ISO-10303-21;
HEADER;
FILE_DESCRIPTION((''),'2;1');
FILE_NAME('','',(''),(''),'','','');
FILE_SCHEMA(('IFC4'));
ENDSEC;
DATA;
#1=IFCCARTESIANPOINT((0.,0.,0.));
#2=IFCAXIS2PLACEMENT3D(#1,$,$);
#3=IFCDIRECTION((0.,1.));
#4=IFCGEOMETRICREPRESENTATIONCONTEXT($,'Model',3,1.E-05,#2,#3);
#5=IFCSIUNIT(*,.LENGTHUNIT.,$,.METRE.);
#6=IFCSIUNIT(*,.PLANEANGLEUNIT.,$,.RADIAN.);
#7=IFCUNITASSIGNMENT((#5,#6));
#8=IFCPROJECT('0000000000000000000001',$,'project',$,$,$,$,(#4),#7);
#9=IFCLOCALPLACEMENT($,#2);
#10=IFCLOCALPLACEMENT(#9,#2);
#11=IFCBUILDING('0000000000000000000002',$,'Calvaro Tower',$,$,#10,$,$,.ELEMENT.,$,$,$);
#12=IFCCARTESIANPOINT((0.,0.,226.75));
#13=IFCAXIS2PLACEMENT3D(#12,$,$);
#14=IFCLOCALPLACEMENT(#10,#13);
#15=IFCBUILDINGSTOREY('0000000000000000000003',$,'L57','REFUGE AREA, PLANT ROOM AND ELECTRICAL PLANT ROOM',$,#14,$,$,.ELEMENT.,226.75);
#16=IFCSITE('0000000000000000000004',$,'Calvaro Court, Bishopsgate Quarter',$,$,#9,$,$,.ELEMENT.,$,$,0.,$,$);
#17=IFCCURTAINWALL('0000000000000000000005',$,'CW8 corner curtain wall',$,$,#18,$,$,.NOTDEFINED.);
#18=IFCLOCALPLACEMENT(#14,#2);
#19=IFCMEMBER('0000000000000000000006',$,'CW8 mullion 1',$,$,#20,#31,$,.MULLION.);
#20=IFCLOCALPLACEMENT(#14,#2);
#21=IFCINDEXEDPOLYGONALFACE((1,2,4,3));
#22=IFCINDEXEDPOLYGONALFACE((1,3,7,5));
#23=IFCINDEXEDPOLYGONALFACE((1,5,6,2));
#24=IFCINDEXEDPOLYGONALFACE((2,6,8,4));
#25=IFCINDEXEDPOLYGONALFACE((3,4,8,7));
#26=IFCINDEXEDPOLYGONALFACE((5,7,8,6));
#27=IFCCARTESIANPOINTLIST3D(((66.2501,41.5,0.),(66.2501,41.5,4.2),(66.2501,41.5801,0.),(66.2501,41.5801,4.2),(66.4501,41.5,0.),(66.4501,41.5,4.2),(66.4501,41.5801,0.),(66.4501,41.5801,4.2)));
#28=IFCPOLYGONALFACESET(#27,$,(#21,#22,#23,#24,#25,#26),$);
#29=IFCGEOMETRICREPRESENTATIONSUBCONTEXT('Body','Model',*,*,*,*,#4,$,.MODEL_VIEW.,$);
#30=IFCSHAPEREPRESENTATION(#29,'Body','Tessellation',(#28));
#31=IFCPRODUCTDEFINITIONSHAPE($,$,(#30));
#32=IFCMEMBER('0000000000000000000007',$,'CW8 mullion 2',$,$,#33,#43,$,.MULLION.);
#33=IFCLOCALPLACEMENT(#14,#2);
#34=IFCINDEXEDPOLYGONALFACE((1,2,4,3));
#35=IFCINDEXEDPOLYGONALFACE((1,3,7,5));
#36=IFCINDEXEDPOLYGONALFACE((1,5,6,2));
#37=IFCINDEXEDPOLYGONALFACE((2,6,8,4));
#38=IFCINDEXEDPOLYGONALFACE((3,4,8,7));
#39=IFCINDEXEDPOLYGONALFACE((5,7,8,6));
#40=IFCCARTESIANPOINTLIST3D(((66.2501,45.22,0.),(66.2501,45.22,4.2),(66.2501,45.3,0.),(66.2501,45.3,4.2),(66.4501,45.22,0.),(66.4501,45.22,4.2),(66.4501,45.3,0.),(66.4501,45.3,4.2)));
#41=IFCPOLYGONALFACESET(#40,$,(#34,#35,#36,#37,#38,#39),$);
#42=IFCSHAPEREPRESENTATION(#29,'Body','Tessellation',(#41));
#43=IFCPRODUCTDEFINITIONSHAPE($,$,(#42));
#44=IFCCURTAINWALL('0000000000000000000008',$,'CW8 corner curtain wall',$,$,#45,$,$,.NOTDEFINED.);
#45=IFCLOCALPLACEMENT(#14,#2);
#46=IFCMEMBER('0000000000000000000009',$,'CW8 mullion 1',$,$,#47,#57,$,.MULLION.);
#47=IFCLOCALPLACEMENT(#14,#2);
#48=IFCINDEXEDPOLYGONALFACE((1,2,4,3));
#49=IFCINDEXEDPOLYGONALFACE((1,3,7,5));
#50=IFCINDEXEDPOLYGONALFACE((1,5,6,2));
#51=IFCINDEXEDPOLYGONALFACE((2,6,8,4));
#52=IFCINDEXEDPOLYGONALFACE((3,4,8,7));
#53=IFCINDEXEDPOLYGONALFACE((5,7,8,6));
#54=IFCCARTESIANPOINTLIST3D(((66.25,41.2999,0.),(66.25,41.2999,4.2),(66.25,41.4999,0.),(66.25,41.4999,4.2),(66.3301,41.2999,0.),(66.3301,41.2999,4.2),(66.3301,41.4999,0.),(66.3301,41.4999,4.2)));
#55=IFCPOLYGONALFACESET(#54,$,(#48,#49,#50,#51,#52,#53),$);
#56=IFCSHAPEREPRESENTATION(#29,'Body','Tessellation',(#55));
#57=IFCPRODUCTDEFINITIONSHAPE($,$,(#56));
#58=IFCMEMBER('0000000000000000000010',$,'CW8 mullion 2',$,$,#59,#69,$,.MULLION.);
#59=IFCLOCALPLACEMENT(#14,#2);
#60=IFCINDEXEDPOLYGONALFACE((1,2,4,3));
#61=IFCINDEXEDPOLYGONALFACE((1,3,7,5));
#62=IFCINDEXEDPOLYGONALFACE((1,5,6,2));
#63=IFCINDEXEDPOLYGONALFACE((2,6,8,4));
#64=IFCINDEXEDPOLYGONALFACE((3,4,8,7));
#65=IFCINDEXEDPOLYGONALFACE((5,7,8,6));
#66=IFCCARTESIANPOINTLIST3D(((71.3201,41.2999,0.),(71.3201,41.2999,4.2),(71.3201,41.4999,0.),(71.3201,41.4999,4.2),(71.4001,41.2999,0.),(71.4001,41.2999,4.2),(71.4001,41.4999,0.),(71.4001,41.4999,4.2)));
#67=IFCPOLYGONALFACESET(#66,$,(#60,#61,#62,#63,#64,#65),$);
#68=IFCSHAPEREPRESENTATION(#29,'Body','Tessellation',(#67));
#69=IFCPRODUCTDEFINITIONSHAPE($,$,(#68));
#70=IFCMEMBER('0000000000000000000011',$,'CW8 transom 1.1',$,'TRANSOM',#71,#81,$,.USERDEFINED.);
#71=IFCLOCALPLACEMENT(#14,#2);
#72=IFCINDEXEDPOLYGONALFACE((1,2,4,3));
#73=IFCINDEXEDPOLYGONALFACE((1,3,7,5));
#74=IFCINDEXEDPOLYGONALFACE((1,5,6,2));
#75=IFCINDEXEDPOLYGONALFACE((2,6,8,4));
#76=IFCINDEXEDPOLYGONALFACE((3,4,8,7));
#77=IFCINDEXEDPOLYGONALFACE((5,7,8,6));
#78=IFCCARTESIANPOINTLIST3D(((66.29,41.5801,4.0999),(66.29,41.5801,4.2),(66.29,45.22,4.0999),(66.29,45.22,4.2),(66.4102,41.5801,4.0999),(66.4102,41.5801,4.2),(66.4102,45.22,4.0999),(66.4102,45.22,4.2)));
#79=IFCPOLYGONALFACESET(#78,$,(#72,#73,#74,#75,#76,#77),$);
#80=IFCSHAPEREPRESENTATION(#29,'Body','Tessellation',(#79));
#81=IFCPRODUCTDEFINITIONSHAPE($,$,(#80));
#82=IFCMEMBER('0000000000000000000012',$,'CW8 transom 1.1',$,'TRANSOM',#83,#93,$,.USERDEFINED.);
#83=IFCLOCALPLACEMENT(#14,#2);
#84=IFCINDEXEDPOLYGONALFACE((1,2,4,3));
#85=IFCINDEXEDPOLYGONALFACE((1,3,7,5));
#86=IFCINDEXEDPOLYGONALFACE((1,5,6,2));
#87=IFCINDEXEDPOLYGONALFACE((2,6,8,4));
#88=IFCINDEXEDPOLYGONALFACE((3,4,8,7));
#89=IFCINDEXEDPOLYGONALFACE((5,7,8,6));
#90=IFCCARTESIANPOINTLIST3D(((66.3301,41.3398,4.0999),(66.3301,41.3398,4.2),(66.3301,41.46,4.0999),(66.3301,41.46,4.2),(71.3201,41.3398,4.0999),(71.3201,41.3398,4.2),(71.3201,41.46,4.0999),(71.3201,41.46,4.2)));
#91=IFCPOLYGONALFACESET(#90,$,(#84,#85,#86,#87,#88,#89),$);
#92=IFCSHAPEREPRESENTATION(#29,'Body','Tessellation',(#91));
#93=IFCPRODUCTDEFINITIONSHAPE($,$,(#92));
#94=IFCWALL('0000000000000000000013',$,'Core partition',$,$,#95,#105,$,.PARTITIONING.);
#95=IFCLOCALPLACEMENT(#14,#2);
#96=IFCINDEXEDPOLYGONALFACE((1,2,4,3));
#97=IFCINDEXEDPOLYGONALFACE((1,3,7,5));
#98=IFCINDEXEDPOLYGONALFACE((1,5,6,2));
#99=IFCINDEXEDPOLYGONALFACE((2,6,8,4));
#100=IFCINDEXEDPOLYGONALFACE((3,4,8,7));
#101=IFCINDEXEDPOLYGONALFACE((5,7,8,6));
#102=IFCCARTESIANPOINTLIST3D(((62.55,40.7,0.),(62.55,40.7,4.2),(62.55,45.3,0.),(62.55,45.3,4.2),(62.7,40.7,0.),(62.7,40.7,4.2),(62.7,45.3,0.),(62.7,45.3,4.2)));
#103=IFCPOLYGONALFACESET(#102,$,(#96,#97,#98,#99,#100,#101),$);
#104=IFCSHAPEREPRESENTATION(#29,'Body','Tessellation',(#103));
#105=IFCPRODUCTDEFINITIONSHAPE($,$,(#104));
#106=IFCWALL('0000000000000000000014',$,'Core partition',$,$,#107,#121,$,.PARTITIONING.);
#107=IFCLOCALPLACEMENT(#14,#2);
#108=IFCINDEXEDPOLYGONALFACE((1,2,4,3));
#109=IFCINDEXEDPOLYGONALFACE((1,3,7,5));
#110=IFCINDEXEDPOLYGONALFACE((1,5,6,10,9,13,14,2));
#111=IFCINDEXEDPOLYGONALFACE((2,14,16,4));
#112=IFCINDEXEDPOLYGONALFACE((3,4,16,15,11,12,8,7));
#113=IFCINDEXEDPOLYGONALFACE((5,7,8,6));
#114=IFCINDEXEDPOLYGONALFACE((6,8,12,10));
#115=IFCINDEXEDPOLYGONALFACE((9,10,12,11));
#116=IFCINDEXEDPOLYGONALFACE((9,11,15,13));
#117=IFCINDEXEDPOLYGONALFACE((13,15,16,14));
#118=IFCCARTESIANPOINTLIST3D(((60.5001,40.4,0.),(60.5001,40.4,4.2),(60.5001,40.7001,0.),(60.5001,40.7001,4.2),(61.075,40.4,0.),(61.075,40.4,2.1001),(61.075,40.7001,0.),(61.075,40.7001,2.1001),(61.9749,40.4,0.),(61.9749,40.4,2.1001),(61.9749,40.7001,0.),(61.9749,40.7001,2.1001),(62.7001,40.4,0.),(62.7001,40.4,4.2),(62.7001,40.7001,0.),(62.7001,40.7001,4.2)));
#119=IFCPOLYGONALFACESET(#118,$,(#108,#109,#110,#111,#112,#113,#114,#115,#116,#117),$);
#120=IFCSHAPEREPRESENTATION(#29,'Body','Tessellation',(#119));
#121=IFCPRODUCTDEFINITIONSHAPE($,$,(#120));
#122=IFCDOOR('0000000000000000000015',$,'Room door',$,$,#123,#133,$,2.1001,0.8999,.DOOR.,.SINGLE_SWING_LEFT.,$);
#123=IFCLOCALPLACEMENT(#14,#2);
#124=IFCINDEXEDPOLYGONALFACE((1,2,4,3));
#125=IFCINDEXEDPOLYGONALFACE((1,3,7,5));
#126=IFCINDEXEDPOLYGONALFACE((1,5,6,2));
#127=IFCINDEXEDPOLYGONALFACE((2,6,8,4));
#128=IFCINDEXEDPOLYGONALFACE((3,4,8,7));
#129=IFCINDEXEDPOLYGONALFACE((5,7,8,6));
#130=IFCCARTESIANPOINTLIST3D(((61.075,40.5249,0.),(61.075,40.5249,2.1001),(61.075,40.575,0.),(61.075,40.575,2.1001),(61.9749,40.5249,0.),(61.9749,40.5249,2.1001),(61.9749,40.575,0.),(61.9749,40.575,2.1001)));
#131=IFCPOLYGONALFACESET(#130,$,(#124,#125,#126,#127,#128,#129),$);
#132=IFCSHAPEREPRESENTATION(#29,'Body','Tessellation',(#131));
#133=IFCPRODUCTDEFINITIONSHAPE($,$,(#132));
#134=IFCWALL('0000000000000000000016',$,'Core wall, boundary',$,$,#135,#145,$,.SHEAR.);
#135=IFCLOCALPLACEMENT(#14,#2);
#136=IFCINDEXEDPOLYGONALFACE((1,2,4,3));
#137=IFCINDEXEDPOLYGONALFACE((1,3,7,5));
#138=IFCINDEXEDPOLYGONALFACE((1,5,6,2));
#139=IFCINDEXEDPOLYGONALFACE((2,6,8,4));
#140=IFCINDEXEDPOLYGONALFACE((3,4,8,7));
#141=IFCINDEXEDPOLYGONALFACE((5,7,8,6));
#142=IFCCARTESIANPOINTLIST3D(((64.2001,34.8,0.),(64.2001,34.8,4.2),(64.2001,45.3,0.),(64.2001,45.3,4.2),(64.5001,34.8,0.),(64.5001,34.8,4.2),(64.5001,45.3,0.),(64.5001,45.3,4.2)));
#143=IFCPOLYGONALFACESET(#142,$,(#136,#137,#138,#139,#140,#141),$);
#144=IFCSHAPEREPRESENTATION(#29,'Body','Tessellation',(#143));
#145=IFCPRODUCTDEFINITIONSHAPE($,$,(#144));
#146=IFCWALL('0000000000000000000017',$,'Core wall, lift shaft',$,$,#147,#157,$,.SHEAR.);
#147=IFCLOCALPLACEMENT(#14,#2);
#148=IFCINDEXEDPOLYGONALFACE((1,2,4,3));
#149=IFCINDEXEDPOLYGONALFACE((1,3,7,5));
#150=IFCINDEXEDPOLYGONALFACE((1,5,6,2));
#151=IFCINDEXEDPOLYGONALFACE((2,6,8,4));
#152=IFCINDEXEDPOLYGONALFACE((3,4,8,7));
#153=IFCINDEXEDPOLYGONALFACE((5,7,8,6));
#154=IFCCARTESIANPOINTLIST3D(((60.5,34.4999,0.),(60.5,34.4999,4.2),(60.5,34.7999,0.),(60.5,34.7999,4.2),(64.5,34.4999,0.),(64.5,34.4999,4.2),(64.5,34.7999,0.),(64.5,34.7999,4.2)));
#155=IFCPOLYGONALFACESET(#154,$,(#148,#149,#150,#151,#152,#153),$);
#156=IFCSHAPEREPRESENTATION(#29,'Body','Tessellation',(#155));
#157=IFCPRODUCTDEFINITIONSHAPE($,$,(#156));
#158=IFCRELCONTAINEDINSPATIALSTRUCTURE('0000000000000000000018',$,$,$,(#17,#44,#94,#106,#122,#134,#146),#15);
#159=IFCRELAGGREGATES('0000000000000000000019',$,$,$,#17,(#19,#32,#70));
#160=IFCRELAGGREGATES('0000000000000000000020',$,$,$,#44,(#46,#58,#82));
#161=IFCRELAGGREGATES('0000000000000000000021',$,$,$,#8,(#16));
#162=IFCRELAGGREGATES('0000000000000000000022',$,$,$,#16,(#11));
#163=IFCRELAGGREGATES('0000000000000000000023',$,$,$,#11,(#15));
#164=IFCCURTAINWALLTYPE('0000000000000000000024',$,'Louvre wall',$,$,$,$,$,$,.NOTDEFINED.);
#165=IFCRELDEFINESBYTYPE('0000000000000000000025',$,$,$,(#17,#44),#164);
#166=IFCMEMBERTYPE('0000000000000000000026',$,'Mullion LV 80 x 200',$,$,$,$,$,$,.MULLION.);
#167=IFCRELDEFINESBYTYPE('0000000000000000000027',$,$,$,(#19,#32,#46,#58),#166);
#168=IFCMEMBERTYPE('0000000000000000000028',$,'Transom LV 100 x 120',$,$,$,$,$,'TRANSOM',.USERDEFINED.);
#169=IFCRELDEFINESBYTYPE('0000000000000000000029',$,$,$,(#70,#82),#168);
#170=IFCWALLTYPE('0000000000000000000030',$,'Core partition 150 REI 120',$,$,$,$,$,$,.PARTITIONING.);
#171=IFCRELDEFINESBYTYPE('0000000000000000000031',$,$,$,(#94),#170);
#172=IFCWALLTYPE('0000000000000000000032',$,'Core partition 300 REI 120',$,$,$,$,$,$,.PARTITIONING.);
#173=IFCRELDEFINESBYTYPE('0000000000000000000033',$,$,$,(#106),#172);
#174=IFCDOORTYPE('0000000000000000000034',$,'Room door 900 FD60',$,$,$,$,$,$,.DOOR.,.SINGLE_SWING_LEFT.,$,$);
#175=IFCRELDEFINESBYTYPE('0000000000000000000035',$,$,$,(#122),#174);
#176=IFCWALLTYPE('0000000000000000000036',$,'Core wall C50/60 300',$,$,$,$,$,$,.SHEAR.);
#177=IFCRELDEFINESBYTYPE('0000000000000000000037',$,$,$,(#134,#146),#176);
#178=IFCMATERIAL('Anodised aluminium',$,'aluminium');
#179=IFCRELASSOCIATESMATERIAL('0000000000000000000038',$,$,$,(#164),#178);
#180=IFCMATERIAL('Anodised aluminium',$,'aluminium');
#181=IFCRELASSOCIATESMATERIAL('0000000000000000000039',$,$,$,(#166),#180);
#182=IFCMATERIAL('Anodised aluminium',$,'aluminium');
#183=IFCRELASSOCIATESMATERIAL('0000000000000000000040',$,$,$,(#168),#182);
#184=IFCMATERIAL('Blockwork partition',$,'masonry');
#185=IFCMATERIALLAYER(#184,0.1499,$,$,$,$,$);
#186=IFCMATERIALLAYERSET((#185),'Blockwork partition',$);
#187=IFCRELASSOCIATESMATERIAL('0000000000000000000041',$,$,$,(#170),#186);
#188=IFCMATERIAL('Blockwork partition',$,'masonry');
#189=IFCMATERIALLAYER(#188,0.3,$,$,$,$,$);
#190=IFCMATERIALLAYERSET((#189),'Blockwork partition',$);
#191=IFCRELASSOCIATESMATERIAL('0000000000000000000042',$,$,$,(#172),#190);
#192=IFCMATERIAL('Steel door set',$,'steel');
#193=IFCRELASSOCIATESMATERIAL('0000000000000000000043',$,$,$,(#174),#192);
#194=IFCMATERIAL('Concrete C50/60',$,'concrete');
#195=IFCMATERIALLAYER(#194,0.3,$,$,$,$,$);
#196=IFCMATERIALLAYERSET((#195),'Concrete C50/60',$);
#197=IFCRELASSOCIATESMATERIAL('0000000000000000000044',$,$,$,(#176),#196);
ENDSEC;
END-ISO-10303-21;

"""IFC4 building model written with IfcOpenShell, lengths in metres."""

from ifc_helpers import new_model, si_unit, direction, frame, frame_2d, origin, origin_2d, place, context, subcontext, project, spatial, rectangle, extrude, material, layer, layer_set, material_profile, profile_set, type_object, element, fill, aggregate, save


model = new_model("IFC4")

# Units and contexts
model_context = context("Model", 3, precision=1e-05, world=origin(), true_north=direction((0.0, 1.0)))
body_context = subcontext(model_context, "Body", "Model", "MODEL_VIEW")
ifc_project = project(units=[si_unit("LENGTHUNIT", "METRE"), si_unit("PLANEANGLEUNIT", "RADIAN")], contexts=[model_context])

# Site, building, storey
site_placement = place(None, origin())
site = spatial("IfcSite", under=ifc_project, at=site_placement, Name="Calvaro Court, Bishopsgate Quarter", CompositionType="ELEMENT", RefElevation=0.0)
building_placement = place(site_placement, origin())
building = spatial("IfcBuilding", under=site, at=building_placement, Name="Calvaro Tower", CompositionType="ELEMENT")
storey_placement = place(building_placement, frame((0.0, 0.0, 226.75)))
storey = spatial("IfcBuildingStorey", under=building, at=storey_placement, Name="L57", Description="REFUGE AREA, PLANT ROOM AND ELECTRICAL PLANT ROOM", CompositionType="ELEMENT", Elevation=226.75)

# Curtain walls, members
ifc_material_1 = material(Name="Anodised aluminium", Category="aluminium")
curtain_wall_type = type_object("IfcCurtainWallType", Name="Louvre wall", PredefinedType="NOTDEFINED", material=ifc_material_1)
curtain_wall_1_placement = place(storey_placement, origin())
curtain_wall_1 = element("IfcCurtainWall", 1, at=curtain_wall_1_placement, inside=storey, type_object=curtain_wall_type, Name="CW8 corner curtain wall", PredefinedType="NOTDEFINED")
ifc_material_2 = material(Name="Anodised aluminium", Category="aluminium")
ifc_material_profile_1 = material_profile(ifc_material_2, rectangle(XDim=0.2, YDim=0.0801, at=origin_2d()), Name="Mullion LV 80 x 200")
ifc_profile_set_1 = profile_set([ifc_material_profile_1], Name="Anodised aluminium")
member_type_1 = type_object("IfcMemberType", Name="Mullion LV 80 x 200", PredefinedType="MULLION", material=ifc_profile_set_1)
member_1_placement = place(storey_placement, frame((66.3501, 41.54, 0.0), z_axis=(0.0, 0.0, 1.0), x_axis=(-1.0, 0.0, 0.0)))
member_1 = element("IfcMember", 2, at=member_1_placement, type_object=member_type_1, Name="CW8 mullion 1", PredefinedType="MULLION", context=body_context, shape_type="SweptSolid", body=[
    extrude(rectangle(XDim=0.2, YDim=0.0801, at=origin_2d()), origin(), (0.0, 0.0, 1.0), 4.2),
])
member_2_placement = place(storey_placement, frame((66.3501, 45.26, 0.0), z_axis=(0.0, 0.0, 1.0), x_axis=(-1.0, 0.0, 0.0)))
member_2 = element("IfcMember", 3, at=member_2_placement, type_object=member_type_1, Name="CW8 mullion 2", PredefinedType="MULLION", context=body_context, shape_type="SweptSolid", body=[
    extrude(rectangle(XDim=0.2, YDim=0.0801, at=origin_2d()), origin(), (0.0, 0.0, 1.0), 4.2),
])
curtain_wall_2_placement = place(storey_placement, origin())
curtain_wall_2 = element("IfcCurtainWall", 4, at=curtain_wall_2_placement, inside=storey, type_object=curtain_wall_type, Name="CW8 corner curtain wall", PredefinedType="NOTDEFINED")
member_3_placement = place(storey_placement, frame((66.29, 41.3999, 0.0), z_axis=(0.0, 0.0, 1.0), x_axis=(0.0, 1.0, 0.0)))
member_3 = element("IfcMember", 5, at=member_3_placement, type_object=member_type_1, Name="CW8 mullion 1", PredefinedType="MULLION", context=body_context, shape_type="SweptSolid", body=[
    extrude(rectangle(XDim=0.2, YDim=0.0801, at=origin_2d()), origin(), (0.0, 0.0, 1.0), 4.2),
])
member_4_placement = place(storey_placement, frame((71.3601, 41.3999, 0.0), z_axis=(0.0, 0.0, 1.0), x_axis=(0.0, 1.0, 0.0)))
member_4 = element("IfcMember", 6, at=member_4_placement, type_object=member_type_1, Name="CW8 mullion 2", PredefinedType="MULLION", context=body_context, shape_type="SweptSolid", body=[
    extrude(rectangle(XDim=0.2, YDim=0.0801, at=origin_2d()), origin(), (0.0, 0.0, 1.0), 4.2),
])

# Members
ifc_material_3 = material(Name="Anodised aluminium", Category="aluminium")
ifc_material_profile_2 = material_profile(ifc_material_3, rectangle(XDim=0.1201, YDim=0.1001, at=origin_2d()), Name="Transom LV 100 x 120")
ifc_profile_set_2 = profile_set([ifc_material_profile_2], Name="Anodised aluminium")
member_type_2 = type_object("IfcMemberType", Name="Transom LV 100 x 120", ElementType="TRANSOM", PredefinedType="USERDEFINED", material=ifc_profile_set_2)
member_5_placement = place(storey_placement, frame((66.3501, 41.5801, 4.1499), z_axis=(0.0, 1.0, 0.0), x_axis=(-1.0, 0.0, 0.0)))
member_5 = element("IfcMember", 7, at=member_5_placement, type_object=member_type_2, Name="CW8 transom 1.1", ObjectType="TRANSOM", PredefinedType="USERDEFINED", context=body_context, shape_type="SweptSolid", body=[
    extrude(rectangle(XDim=0.1201, YDim=0.1001, at=origin_2d()), origin(), (0.0, 0.0, 1.0), 3.6399),
])
member_6_placement = place(storey_placement, frame((66.3301, 41.3999, 4.1499), z_axis=(1.0, 0.0, 0.0), x_axis=(0.0, 1.0, 0.0)))
member_6 = element("IfcMember", 8, at=member_6_placement, type_object=member_type_2, Name="CW8 transom 1.1", ObjectType="TRANSOM", PredefinedType="USERDEFINED", context=body_context, shape_type="SweptSolid", body=[
    extrude(rectangle(XDim=0.1201, YDim=0.1001, at=origin_2d()), origin(), (0.0, 0.0, 1.0), 4.99),
])

# Wall
ifc_material_4 = material(Name="Blockwork partition", Category="masonry")
ifc_layer_1 = layer(ifc_material_4, 0.1499)
ifc_layer_set_1 = layer_set([ifc_layer_1], Name="Blockwork partition")
wall_type_1 = type_object("IfcWallType", Name="Core partition 150 REI 120", PredefinedType="PARTITIONING", material=ifc_layer_set_1)
wall_1_placement = place(storey_placement, frame((62.625, 40.7, 0.0), z_axis=(0.0, 0.0, 1.0), x_axis=(0.0, 1.0, 0.0)))
element("IfcWall", 9, at=wall_1_placement, inside=storey, type_object=wall_type_1, Name="Core partition", PredefinedType="PARTITIONING", context=body_context, shape_type="SweptSolid", body=[
    extrude(rectangle(XDim=4.6001, YDim=0.1499, at=frame_2d((2.3, 0.0))), origin(), (0.0, 0.0, 1.0), 4.2),
])

# Wall, opening, door
ifc_material_5 = material(Name="Blockwork partition", Category="masonry")
ifc_layer_2 = layer(ifc_material_5, 0.3)
ifc_layer_set_2 = layer_set([ifc_layer_2], Name="Blockwork partition")
wall_type_2 = type_object("IfcWallType", Name="Core partition 300 REI 120", PredefinedType="PARTITIONING", material=ifc_layer_set_2)
wall_2_placement = place(storey_placement, frame((60.5, 40.55, 0.0), z_axis=(0.0, 0.0, 1.0), x_axis=(1.0, 0.0, 0.0)))
wall_2 = element("IfcWall", 10, at=wall_2_placement, inside=storey, type_object=wall_type_2, Name="Core partition", PredefinedType="PARTITIONING", context=body_context, shape_type="SweptSolid", body=[
    extrude(rectangle(XDim=2.2, YDim=0.3, at=frame_2d((1.1001, 0.0))), origin(), (0.0, 0.0, 1.0), 4.2),
])
opening_1_placement = place(wall_2_placement, frame((0.575, 0.0, 0.0)))
opening_1 = element("IfcOpeningElement", 11, at=opening_1_placement, cuts=wall_2, PredefinedType="OPENING", context=body_context, shape_type="SweptSolid", body=[
    extrude(rectangle(XDim=0.8999, YDim=2.1001, at=frame_2d((0.45, 1.05))), frame((0.0, 0.1599, 0.0), z_axis=(0.0, -1.0, 0.0), x_axis=(1.0, 0.0, 0.0)), (0.0, 0.0, 1.0), 0.3201),
])
ifc_material_6 = material(Name="Steel door set", Category="steel")
door_type_1 = type_object("IfcDoorType", Name="Room door 900 FD60", OperationType="SINGLE_SWING_LEFT", PredefinedType="DOOR", material=ifc_material_6)
door_1_placement = place(opening_1_placement, origin())
door_1 = element("IfcDoor", 12, at=door_1_placement, inside=storey, type_object=door_type_1, Name="Room door", OperationType="SINGLE_SWING_LEFT", OverallHeight=2.1001, OverallWidth=0.8999, PredefinedType="DOOR", context=body_context, shape_type="SweptSolid", body=[
    extrude(rectangle(XDim=0.8999, YDim=2.1001, at=frame_2d((0.45, 1.05))), frame((0.0, 0.0249, 0.0), z_axis=(0.0, -1.0, 0.0), x_axis=(1.0, 0.0, 0.0)), (0.0, 0.0, 1.0), 0.05),
])
fill(opening_1, door_1)

# Walls
ifc_material_7 = material(Name="Concrete C50/60", Category="concrete")
ifc_layer_3 = layer(ifc_material_7, 0.3)
ifc_layer_set_3 = layer_set([ifc_layer_3], Name="Concrete C50/60")
wall_type_3 = type_object("IfcWallType", Name="Core wall C50/60 300", PredefinedType="SHEAR", material=ifc_layer_set_3)
wall_3_placement = place(storey_placement, frame((64.3501, 34.8, 0.0), z_axis=(0.0, 0.0, 1.0), x_axis=(0.0, 1.0, 0.0)))
element("IfcWall", 13, at=wall_3_placement, inside=storey, type_object=wall_type_3, Name="Core wall, boundary", PredefinedType="SHEAR", context=body_context, shape_type="SweptSolid", body=[
    extrude(rectangle(XDim=10.5, YDim=0.3, at=frame_2d((5.25, 0.0))), origin(), (0.0, 0.0, 1.0), 4.2),
])
wall_4_placement = place(storey_placement, frame((60.5, 34.6499, 0.0), z_axis=(0.0, 0.0, 1.0), x_axis=(1.0, 0.0, 0.0)))
element("IfcWall", 14, at=wall_4_placement, inside=storey, type_object=wall_type_3, Name="Core wall, lift shaft", PredefinedType="SHEAR", context=body_context, shape_type="SweptSolid", body=[
    extrude(rectangle(XDim=4.0, YDim=0.3, at=frame_2d((2.0, 0.0))), origin(), (0.0, 0.0, 1.0), 4.2),
])

aggregate(curtain_wall_1, [member_1, member_2, member_5])
aggregate(curtain_wall_2, [member_3, member_4, member_6])

save(model, "model.ifc")
